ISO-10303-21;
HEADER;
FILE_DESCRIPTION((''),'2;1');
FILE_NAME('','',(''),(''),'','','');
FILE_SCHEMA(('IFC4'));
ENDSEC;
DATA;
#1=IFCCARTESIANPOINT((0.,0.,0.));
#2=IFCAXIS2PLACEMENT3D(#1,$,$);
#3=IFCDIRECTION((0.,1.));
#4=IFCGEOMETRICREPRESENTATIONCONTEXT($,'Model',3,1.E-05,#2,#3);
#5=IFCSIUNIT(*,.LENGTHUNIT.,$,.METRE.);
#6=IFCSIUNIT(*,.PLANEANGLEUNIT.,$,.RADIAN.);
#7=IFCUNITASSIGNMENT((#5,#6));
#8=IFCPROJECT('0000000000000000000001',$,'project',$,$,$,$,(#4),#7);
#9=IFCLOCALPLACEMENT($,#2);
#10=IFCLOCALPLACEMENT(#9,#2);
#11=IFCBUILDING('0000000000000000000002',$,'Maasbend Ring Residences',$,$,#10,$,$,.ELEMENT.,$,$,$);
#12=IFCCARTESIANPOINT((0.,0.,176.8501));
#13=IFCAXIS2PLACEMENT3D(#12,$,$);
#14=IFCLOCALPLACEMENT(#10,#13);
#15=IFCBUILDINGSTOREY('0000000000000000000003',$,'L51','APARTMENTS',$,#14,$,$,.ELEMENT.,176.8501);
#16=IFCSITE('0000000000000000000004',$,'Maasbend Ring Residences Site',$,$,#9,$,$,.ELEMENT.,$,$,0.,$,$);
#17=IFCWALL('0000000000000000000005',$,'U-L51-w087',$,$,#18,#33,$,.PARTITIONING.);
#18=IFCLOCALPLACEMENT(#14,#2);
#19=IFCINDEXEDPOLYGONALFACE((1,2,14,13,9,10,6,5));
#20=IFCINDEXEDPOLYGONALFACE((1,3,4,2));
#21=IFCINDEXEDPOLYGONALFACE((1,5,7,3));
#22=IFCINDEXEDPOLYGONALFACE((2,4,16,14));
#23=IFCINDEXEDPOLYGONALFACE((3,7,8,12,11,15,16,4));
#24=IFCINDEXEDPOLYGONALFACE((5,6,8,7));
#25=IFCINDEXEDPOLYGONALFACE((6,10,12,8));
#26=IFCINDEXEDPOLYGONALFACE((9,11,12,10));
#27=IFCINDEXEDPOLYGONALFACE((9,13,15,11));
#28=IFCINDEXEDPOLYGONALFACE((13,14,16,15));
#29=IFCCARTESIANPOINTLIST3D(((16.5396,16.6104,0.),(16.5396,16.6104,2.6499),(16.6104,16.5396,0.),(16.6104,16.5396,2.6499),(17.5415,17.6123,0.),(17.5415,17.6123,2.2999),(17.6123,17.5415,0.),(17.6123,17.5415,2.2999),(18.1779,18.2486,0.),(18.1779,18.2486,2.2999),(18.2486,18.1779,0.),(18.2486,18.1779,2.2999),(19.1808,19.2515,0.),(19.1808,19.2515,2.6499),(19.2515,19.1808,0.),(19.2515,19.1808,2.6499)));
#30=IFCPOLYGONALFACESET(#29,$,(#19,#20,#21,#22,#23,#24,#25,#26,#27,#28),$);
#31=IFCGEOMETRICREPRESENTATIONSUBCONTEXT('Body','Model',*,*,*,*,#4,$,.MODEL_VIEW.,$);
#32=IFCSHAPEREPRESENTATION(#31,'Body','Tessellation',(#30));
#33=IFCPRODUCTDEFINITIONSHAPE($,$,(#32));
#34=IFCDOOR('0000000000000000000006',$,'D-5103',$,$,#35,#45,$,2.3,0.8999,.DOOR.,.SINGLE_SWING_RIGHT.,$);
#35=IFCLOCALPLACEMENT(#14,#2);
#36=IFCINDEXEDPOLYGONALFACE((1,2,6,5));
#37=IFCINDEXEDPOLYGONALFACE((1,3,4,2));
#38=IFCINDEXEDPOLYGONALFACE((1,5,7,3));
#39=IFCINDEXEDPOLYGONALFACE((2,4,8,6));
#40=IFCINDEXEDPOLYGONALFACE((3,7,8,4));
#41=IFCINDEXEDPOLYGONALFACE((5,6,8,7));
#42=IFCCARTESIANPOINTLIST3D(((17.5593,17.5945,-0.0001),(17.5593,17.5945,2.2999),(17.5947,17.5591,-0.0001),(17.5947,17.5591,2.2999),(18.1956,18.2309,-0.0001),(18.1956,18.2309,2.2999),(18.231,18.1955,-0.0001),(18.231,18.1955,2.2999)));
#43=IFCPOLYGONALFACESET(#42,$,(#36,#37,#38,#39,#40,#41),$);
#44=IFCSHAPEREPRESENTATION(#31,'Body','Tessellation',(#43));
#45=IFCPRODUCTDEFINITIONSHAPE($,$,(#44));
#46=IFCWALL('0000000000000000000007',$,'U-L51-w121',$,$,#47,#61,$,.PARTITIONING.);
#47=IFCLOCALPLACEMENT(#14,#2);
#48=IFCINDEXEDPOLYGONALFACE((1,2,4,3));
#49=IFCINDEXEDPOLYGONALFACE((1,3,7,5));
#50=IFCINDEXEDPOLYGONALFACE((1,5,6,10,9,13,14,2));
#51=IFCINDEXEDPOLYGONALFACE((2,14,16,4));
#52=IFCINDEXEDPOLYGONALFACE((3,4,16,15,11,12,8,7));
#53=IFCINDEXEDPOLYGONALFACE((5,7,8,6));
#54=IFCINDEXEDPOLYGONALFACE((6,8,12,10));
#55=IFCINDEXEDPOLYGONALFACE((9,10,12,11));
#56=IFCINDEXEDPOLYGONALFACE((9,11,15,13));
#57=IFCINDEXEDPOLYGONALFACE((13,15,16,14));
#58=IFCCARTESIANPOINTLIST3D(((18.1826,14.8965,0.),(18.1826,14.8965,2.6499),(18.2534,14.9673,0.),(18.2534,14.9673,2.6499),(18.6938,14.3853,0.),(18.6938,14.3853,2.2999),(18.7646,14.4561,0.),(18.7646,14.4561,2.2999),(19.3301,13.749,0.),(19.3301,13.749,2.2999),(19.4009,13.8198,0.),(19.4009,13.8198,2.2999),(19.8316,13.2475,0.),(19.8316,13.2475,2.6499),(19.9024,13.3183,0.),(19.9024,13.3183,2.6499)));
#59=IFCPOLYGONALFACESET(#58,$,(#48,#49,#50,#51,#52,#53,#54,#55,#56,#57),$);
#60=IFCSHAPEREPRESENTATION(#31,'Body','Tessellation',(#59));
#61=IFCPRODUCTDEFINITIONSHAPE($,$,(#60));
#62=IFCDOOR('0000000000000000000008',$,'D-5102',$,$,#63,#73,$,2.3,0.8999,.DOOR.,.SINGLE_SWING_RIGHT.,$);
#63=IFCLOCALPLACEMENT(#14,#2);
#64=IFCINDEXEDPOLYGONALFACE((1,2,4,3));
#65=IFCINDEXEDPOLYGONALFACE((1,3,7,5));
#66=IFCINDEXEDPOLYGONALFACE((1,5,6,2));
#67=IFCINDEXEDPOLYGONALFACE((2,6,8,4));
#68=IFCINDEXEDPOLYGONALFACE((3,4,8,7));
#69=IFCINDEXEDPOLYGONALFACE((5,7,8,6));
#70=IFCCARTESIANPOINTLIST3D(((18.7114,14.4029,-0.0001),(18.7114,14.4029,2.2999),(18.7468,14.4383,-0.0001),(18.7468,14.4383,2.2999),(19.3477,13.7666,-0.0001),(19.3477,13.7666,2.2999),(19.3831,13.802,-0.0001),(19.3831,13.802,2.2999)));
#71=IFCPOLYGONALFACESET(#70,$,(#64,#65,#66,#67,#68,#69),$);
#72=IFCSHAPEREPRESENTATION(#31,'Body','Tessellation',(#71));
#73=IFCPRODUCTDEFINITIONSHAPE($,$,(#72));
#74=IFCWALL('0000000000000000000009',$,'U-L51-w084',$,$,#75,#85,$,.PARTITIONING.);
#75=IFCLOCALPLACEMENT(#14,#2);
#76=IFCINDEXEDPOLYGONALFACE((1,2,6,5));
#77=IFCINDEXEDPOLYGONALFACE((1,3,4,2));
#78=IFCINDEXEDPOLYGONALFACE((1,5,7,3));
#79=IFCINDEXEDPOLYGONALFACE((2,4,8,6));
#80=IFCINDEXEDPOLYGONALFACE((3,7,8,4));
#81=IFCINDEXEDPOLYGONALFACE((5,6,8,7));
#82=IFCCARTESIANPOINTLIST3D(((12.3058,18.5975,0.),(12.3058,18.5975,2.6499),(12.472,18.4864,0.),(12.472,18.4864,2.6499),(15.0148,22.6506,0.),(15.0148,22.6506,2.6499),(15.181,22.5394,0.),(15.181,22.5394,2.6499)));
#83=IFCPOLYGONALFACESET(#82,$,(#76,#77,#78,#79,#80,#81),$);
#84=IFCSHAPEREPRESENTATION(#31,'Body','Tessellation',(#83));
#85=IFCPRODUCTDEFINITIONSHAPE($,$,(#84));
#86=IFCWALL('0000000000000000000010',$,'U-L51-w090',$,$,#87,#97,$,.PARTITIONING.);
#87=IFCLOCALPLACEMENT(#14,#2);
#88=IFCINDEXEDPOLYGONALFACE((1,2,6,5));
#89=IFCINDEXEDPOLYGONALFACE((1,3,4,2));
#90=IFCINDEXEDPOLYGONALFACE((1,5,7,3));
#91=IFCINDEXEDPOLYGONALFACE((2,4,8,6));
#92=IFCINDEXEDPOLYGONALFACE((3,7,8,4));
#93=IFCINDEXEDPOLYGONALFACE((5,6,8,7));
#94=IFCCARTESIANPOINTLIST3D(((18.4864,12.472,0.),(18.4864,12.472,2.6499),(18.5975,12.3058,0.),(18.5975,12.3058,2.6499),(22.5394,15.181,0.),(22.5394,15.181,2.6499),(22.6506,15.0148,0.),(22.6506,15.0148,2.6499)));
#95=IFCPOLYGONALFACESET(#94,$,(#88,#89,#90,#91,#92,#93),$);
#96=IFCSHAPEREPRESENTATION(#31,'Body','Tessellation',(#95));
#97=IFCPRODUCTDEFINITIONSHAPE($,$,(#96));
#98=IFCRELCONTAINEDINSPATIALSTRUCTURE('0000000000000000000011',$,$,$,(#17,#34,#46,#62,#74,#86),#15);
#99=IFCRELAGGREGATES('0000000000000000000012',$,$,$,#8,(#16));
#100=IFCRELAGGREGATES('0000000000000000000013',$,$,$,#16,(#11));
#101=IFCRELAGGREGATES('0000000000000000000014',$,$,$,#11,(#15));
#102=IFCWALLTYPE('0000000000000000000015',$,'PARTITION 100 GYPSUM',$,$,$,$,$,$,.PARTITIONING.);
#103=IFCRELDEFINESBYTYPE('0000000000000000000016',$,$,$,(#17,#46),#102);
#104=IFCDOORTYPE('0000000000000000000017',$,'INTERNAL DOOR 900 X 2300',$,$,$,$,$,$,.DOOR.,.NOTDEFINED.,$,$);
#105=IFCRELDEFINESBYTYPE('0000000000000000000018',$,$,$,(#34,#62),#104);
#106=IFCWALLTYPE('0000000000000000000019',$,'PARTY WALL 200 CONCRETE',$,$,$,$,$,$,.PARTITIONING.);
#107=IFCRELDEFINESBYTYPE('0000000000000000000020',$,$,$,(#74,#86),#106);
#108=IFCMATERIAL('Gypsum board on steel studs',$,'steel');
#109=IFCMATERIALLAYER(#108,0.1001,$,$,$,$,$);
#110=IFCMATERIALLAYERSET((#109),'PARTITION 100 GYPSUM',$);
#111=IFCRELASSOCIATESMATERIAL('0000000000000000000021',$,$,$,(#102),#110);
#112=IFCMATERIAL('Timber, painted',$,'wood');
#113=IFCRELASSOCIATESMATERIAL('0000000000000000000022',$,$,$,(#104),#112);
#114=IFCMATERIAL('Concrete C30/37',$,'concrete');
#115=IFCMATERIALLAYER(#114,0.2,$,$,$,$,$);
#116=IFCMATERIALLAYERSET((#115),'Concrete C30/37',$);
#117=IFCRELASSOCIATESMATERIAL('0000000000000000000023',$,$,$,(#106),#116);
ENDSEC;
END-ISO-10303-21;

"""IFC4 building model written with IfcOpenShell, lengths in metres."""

from ifc_helpers import new_model, si_unit, direction, frame, frame_2d, origin, place, context, subcontext, project, spatial, rectangle, extrude, material, layer, layer_set, type_object, element, fill, save


model = new_model("IFC4")

# Units and contexts
model_context = context("Model", 3, precision=1e-05, world=origin(), true_north=direction((0.0, 1.0)))
body_context = subcontext(model_context, "Body", "Model", "MODEL_VIEW")
ifc_project = project(units=[si_unit("LENGTHUNIT", "METRE"), si_unit("PLANEANGLEUNIT", "RADIAN")], contexts=[model_context])

# Site, building, storey
site_placement = place(None, origin())
site = spatial("IfcSite", under=ifc_project, at=site_placement, Name="Maasbend Ring Residences Site", CompositionType="ELEMENT", RefElevation=0.0)
building_placement = place(site_placement, origin())
building = spatial("IfcBuilding", under=site, at=building_placement, Name="Maasbend Ring Residences", CompositionType="ELEMENT")
storey_placement = place(building_placement, frame((0.0, 0.0, 176.8501)))
storey = spatial("IfcBuildingStorey", under=building, at=storey_placement, Name="L51", Description="APARTMENTS", CompositionType="ELEMENT", Elevation=176.8501)

# Shared definitions
ifc_material_1 = material(Name="Gypsum board on steel studs", Category="steel")
ifc_layer_1 = layer(ifc_material_1, 0.1001)
ifc_layer_set_1 = layer_set([ifc_layer_1], Name="PARTITION 100 GYPSUM")
wall_type_1 = type_object("IfcWallType", Name="PARTITION 100 GYPSUM", PredefinedType="PARTITIONING", material=ifc_layer_set_1)

# Walls, openings, doors
wall_1_placement = place(storey_placement, frame((16.575, 16.575, 0.0), z_axis=(0.0, 0.0, 1.0), x_axis=(0.707107, 0.707107, 0.0)))
wall_1 = element("IfcWall", 1, at=wall_1_placement, inside=storey, type_object=wall_type_1, Name="U-L51-w087", PredefinedType="PARTITIONING", context=body_context, shape_type="SweptSolid", body=[
    extrude(rectangle(XDim=3.7351, YDim=0.1001, at=frame_2d((1.8677, 0.0))), origin(), (0.0, 0.0, 1.0), 2.6499),
])
opening_1_placement = place(wall_1_placement, frame((1.417, 0.0, 0.0)))
opening_1 = element("IfcOpeningElement", 2, at=opening_1_placement, cuts=wall_1, PredefinedType="OPENING", context=body_context, shape_type="SweptSolid", body=[
    extrude(rectangle(XDim=0.8999, YDim=2.3, at=frame_2d((0.45, 1.1499))), frame((0.0, 0.0601, 0.0), z_axis=(0.0, -1.0, 0.0), x_axis=(1.0, 0.0, 0.0)), (0.0, 0.0, 1.0), 0.1201),
])
ifc_material_2 = material(Name="Timber, painted", Category="wood")
door_type_1 = type_object("IfcDoorType", Name="INTERNAL DOOR 900 X 2300", OperationType="NOTDEFINED", PredefinedType="DOOR", material=ifc_material_2)
door_1_placement = place(opening_1_placement, origin())
door_1 = element("IfcDoor", 3, at=door_1_placement, inside=storey, type_object=door_type_1, Name="D-5103", OperationType="SINGLE_SWING_RIGHT", OverallHeight=2.3, OverallWidth=0.8999, PredefinedType="DOOR", context=body_context, shape_type="SweptSolid", body=[
    extrude(rectangle(XDim=0.8999, YDim=2.3, at=frame_2d((0.45, 1.1499))), frame((0.0, 0.0249, 0.0), z_axis=(0.0, -1.0, 0.0), x_axis=(1.0, 0.0, 0.0)), (0.0, 0.0, 1.0), 0.05),
])
fill(opening_1, door_1)
wall_2_placement = place(storey_placement, frame((18.218, 14.9319, 0.0), z_axis=(0.0, 0.0, 1.0), x_axis=(0.707107, -0.707107, 0.0)))
wall_2 = element("IfcWall", 4, at=wall_2_placement, inside=storey, type_object=wall_type_1, Name="U-L51-w121", PredefinedType="PARTITIONING", context=body_context, shape_type="SweptSolid", body=[
    extrude(rectangle(XDim=2.332, YDim=0.1001, at=frame_2d((1.166, 0.0))), origin(), (0.0, 0.0, 1.0), 2.6499),
])
opening_2_placement = place(wall_2_placement, frame((0.7229, 0.0, 0.0)))
opening_2 = element("IfcOpeningElement", 5, at=opening_2_placement, cuts=wall_2, PredefinedType="OPENING", context=body_context, shape_type="SweptSolid", body=[
    extrude(rectangle(XDim=0.8999, YDim=2.3, at=frame_2d((0.45, 1.1499))), frame((0.0, 0.0601, 0.0), z_axis=(0.0, -1.0, 0.0), x_axis=(1.0, 0.0, 0.0)), (0.0, 0.0, 1.0), 0.1201),
])
door_2_placement = place(opening_2_placement, origin())
door_2 = element("IfcDoor", 6, at=door_2_placement, inside=storey, type_object=door_type_1, Name="D-5102", OperationType="SINGLE_SWING_RIGHT", OverallHeight=2.3, OverallWidth=0.8999, PredefinedType="DOOR", context=body_context, shape_type="SweptSolid", body=[
    extrude(rectangle(XDim=0.8999, YDim=2.3, at=frame_2d((0.45, 1.1499))), frame((0.0, 0.0249, 0.0), z_axis=(0.0, -1.0, 0.0), x_axis=(1.0, 0.0, 0.0)), (0.0, 0.0, 1.0), 0.05),
])
fill(opening_2, door_2)

# Walls
ifc_material_3 = material(Name="Concrete C30/37", Category="concrete")
ifc_layer_2 = layer(ifc_material_3, 0.2)
ifc_layer_set_2 = layer_set([ifc_layer_2], Name="Concrete C30/37")
wall_type_2 = type_object("IfcWallType", Name="PARTY WALL 200 CONCRETE", PredefinedType="PARTITIONING", material=ifc_layer_set_2)
for number, where, z_axis, x_axis, name in (
    (7, (12.3889, 18.542, 0.0), (0.0, 0.0, 1.0), (0.555694, 0.831387, 0.0), "U-L51-w084"),
    (8, (18.542, 12.3889, 0.0), (0.0, 0.0, 1.0), (0.831387, 0.555694, 0.0), "U-L51-w090"),
):
    element("IfcWall", number, at=place(storey_placement, frame(where, z_axis=z_axis, x_axis=x_axis)), inside=storey, type_object=wall_type_2, Name=name, PredefinedType="PARTITIONING", context=body_context, shape_type="SweptSolid", body=[
        extrude(rectangle(XDim=4.875, YDim=0.2, at=frame_2d((2.4375, 0.0))), origin(), (0.0, 0.0, 1.0), 2.6499),
    ])

save(model, "model.ifc")
